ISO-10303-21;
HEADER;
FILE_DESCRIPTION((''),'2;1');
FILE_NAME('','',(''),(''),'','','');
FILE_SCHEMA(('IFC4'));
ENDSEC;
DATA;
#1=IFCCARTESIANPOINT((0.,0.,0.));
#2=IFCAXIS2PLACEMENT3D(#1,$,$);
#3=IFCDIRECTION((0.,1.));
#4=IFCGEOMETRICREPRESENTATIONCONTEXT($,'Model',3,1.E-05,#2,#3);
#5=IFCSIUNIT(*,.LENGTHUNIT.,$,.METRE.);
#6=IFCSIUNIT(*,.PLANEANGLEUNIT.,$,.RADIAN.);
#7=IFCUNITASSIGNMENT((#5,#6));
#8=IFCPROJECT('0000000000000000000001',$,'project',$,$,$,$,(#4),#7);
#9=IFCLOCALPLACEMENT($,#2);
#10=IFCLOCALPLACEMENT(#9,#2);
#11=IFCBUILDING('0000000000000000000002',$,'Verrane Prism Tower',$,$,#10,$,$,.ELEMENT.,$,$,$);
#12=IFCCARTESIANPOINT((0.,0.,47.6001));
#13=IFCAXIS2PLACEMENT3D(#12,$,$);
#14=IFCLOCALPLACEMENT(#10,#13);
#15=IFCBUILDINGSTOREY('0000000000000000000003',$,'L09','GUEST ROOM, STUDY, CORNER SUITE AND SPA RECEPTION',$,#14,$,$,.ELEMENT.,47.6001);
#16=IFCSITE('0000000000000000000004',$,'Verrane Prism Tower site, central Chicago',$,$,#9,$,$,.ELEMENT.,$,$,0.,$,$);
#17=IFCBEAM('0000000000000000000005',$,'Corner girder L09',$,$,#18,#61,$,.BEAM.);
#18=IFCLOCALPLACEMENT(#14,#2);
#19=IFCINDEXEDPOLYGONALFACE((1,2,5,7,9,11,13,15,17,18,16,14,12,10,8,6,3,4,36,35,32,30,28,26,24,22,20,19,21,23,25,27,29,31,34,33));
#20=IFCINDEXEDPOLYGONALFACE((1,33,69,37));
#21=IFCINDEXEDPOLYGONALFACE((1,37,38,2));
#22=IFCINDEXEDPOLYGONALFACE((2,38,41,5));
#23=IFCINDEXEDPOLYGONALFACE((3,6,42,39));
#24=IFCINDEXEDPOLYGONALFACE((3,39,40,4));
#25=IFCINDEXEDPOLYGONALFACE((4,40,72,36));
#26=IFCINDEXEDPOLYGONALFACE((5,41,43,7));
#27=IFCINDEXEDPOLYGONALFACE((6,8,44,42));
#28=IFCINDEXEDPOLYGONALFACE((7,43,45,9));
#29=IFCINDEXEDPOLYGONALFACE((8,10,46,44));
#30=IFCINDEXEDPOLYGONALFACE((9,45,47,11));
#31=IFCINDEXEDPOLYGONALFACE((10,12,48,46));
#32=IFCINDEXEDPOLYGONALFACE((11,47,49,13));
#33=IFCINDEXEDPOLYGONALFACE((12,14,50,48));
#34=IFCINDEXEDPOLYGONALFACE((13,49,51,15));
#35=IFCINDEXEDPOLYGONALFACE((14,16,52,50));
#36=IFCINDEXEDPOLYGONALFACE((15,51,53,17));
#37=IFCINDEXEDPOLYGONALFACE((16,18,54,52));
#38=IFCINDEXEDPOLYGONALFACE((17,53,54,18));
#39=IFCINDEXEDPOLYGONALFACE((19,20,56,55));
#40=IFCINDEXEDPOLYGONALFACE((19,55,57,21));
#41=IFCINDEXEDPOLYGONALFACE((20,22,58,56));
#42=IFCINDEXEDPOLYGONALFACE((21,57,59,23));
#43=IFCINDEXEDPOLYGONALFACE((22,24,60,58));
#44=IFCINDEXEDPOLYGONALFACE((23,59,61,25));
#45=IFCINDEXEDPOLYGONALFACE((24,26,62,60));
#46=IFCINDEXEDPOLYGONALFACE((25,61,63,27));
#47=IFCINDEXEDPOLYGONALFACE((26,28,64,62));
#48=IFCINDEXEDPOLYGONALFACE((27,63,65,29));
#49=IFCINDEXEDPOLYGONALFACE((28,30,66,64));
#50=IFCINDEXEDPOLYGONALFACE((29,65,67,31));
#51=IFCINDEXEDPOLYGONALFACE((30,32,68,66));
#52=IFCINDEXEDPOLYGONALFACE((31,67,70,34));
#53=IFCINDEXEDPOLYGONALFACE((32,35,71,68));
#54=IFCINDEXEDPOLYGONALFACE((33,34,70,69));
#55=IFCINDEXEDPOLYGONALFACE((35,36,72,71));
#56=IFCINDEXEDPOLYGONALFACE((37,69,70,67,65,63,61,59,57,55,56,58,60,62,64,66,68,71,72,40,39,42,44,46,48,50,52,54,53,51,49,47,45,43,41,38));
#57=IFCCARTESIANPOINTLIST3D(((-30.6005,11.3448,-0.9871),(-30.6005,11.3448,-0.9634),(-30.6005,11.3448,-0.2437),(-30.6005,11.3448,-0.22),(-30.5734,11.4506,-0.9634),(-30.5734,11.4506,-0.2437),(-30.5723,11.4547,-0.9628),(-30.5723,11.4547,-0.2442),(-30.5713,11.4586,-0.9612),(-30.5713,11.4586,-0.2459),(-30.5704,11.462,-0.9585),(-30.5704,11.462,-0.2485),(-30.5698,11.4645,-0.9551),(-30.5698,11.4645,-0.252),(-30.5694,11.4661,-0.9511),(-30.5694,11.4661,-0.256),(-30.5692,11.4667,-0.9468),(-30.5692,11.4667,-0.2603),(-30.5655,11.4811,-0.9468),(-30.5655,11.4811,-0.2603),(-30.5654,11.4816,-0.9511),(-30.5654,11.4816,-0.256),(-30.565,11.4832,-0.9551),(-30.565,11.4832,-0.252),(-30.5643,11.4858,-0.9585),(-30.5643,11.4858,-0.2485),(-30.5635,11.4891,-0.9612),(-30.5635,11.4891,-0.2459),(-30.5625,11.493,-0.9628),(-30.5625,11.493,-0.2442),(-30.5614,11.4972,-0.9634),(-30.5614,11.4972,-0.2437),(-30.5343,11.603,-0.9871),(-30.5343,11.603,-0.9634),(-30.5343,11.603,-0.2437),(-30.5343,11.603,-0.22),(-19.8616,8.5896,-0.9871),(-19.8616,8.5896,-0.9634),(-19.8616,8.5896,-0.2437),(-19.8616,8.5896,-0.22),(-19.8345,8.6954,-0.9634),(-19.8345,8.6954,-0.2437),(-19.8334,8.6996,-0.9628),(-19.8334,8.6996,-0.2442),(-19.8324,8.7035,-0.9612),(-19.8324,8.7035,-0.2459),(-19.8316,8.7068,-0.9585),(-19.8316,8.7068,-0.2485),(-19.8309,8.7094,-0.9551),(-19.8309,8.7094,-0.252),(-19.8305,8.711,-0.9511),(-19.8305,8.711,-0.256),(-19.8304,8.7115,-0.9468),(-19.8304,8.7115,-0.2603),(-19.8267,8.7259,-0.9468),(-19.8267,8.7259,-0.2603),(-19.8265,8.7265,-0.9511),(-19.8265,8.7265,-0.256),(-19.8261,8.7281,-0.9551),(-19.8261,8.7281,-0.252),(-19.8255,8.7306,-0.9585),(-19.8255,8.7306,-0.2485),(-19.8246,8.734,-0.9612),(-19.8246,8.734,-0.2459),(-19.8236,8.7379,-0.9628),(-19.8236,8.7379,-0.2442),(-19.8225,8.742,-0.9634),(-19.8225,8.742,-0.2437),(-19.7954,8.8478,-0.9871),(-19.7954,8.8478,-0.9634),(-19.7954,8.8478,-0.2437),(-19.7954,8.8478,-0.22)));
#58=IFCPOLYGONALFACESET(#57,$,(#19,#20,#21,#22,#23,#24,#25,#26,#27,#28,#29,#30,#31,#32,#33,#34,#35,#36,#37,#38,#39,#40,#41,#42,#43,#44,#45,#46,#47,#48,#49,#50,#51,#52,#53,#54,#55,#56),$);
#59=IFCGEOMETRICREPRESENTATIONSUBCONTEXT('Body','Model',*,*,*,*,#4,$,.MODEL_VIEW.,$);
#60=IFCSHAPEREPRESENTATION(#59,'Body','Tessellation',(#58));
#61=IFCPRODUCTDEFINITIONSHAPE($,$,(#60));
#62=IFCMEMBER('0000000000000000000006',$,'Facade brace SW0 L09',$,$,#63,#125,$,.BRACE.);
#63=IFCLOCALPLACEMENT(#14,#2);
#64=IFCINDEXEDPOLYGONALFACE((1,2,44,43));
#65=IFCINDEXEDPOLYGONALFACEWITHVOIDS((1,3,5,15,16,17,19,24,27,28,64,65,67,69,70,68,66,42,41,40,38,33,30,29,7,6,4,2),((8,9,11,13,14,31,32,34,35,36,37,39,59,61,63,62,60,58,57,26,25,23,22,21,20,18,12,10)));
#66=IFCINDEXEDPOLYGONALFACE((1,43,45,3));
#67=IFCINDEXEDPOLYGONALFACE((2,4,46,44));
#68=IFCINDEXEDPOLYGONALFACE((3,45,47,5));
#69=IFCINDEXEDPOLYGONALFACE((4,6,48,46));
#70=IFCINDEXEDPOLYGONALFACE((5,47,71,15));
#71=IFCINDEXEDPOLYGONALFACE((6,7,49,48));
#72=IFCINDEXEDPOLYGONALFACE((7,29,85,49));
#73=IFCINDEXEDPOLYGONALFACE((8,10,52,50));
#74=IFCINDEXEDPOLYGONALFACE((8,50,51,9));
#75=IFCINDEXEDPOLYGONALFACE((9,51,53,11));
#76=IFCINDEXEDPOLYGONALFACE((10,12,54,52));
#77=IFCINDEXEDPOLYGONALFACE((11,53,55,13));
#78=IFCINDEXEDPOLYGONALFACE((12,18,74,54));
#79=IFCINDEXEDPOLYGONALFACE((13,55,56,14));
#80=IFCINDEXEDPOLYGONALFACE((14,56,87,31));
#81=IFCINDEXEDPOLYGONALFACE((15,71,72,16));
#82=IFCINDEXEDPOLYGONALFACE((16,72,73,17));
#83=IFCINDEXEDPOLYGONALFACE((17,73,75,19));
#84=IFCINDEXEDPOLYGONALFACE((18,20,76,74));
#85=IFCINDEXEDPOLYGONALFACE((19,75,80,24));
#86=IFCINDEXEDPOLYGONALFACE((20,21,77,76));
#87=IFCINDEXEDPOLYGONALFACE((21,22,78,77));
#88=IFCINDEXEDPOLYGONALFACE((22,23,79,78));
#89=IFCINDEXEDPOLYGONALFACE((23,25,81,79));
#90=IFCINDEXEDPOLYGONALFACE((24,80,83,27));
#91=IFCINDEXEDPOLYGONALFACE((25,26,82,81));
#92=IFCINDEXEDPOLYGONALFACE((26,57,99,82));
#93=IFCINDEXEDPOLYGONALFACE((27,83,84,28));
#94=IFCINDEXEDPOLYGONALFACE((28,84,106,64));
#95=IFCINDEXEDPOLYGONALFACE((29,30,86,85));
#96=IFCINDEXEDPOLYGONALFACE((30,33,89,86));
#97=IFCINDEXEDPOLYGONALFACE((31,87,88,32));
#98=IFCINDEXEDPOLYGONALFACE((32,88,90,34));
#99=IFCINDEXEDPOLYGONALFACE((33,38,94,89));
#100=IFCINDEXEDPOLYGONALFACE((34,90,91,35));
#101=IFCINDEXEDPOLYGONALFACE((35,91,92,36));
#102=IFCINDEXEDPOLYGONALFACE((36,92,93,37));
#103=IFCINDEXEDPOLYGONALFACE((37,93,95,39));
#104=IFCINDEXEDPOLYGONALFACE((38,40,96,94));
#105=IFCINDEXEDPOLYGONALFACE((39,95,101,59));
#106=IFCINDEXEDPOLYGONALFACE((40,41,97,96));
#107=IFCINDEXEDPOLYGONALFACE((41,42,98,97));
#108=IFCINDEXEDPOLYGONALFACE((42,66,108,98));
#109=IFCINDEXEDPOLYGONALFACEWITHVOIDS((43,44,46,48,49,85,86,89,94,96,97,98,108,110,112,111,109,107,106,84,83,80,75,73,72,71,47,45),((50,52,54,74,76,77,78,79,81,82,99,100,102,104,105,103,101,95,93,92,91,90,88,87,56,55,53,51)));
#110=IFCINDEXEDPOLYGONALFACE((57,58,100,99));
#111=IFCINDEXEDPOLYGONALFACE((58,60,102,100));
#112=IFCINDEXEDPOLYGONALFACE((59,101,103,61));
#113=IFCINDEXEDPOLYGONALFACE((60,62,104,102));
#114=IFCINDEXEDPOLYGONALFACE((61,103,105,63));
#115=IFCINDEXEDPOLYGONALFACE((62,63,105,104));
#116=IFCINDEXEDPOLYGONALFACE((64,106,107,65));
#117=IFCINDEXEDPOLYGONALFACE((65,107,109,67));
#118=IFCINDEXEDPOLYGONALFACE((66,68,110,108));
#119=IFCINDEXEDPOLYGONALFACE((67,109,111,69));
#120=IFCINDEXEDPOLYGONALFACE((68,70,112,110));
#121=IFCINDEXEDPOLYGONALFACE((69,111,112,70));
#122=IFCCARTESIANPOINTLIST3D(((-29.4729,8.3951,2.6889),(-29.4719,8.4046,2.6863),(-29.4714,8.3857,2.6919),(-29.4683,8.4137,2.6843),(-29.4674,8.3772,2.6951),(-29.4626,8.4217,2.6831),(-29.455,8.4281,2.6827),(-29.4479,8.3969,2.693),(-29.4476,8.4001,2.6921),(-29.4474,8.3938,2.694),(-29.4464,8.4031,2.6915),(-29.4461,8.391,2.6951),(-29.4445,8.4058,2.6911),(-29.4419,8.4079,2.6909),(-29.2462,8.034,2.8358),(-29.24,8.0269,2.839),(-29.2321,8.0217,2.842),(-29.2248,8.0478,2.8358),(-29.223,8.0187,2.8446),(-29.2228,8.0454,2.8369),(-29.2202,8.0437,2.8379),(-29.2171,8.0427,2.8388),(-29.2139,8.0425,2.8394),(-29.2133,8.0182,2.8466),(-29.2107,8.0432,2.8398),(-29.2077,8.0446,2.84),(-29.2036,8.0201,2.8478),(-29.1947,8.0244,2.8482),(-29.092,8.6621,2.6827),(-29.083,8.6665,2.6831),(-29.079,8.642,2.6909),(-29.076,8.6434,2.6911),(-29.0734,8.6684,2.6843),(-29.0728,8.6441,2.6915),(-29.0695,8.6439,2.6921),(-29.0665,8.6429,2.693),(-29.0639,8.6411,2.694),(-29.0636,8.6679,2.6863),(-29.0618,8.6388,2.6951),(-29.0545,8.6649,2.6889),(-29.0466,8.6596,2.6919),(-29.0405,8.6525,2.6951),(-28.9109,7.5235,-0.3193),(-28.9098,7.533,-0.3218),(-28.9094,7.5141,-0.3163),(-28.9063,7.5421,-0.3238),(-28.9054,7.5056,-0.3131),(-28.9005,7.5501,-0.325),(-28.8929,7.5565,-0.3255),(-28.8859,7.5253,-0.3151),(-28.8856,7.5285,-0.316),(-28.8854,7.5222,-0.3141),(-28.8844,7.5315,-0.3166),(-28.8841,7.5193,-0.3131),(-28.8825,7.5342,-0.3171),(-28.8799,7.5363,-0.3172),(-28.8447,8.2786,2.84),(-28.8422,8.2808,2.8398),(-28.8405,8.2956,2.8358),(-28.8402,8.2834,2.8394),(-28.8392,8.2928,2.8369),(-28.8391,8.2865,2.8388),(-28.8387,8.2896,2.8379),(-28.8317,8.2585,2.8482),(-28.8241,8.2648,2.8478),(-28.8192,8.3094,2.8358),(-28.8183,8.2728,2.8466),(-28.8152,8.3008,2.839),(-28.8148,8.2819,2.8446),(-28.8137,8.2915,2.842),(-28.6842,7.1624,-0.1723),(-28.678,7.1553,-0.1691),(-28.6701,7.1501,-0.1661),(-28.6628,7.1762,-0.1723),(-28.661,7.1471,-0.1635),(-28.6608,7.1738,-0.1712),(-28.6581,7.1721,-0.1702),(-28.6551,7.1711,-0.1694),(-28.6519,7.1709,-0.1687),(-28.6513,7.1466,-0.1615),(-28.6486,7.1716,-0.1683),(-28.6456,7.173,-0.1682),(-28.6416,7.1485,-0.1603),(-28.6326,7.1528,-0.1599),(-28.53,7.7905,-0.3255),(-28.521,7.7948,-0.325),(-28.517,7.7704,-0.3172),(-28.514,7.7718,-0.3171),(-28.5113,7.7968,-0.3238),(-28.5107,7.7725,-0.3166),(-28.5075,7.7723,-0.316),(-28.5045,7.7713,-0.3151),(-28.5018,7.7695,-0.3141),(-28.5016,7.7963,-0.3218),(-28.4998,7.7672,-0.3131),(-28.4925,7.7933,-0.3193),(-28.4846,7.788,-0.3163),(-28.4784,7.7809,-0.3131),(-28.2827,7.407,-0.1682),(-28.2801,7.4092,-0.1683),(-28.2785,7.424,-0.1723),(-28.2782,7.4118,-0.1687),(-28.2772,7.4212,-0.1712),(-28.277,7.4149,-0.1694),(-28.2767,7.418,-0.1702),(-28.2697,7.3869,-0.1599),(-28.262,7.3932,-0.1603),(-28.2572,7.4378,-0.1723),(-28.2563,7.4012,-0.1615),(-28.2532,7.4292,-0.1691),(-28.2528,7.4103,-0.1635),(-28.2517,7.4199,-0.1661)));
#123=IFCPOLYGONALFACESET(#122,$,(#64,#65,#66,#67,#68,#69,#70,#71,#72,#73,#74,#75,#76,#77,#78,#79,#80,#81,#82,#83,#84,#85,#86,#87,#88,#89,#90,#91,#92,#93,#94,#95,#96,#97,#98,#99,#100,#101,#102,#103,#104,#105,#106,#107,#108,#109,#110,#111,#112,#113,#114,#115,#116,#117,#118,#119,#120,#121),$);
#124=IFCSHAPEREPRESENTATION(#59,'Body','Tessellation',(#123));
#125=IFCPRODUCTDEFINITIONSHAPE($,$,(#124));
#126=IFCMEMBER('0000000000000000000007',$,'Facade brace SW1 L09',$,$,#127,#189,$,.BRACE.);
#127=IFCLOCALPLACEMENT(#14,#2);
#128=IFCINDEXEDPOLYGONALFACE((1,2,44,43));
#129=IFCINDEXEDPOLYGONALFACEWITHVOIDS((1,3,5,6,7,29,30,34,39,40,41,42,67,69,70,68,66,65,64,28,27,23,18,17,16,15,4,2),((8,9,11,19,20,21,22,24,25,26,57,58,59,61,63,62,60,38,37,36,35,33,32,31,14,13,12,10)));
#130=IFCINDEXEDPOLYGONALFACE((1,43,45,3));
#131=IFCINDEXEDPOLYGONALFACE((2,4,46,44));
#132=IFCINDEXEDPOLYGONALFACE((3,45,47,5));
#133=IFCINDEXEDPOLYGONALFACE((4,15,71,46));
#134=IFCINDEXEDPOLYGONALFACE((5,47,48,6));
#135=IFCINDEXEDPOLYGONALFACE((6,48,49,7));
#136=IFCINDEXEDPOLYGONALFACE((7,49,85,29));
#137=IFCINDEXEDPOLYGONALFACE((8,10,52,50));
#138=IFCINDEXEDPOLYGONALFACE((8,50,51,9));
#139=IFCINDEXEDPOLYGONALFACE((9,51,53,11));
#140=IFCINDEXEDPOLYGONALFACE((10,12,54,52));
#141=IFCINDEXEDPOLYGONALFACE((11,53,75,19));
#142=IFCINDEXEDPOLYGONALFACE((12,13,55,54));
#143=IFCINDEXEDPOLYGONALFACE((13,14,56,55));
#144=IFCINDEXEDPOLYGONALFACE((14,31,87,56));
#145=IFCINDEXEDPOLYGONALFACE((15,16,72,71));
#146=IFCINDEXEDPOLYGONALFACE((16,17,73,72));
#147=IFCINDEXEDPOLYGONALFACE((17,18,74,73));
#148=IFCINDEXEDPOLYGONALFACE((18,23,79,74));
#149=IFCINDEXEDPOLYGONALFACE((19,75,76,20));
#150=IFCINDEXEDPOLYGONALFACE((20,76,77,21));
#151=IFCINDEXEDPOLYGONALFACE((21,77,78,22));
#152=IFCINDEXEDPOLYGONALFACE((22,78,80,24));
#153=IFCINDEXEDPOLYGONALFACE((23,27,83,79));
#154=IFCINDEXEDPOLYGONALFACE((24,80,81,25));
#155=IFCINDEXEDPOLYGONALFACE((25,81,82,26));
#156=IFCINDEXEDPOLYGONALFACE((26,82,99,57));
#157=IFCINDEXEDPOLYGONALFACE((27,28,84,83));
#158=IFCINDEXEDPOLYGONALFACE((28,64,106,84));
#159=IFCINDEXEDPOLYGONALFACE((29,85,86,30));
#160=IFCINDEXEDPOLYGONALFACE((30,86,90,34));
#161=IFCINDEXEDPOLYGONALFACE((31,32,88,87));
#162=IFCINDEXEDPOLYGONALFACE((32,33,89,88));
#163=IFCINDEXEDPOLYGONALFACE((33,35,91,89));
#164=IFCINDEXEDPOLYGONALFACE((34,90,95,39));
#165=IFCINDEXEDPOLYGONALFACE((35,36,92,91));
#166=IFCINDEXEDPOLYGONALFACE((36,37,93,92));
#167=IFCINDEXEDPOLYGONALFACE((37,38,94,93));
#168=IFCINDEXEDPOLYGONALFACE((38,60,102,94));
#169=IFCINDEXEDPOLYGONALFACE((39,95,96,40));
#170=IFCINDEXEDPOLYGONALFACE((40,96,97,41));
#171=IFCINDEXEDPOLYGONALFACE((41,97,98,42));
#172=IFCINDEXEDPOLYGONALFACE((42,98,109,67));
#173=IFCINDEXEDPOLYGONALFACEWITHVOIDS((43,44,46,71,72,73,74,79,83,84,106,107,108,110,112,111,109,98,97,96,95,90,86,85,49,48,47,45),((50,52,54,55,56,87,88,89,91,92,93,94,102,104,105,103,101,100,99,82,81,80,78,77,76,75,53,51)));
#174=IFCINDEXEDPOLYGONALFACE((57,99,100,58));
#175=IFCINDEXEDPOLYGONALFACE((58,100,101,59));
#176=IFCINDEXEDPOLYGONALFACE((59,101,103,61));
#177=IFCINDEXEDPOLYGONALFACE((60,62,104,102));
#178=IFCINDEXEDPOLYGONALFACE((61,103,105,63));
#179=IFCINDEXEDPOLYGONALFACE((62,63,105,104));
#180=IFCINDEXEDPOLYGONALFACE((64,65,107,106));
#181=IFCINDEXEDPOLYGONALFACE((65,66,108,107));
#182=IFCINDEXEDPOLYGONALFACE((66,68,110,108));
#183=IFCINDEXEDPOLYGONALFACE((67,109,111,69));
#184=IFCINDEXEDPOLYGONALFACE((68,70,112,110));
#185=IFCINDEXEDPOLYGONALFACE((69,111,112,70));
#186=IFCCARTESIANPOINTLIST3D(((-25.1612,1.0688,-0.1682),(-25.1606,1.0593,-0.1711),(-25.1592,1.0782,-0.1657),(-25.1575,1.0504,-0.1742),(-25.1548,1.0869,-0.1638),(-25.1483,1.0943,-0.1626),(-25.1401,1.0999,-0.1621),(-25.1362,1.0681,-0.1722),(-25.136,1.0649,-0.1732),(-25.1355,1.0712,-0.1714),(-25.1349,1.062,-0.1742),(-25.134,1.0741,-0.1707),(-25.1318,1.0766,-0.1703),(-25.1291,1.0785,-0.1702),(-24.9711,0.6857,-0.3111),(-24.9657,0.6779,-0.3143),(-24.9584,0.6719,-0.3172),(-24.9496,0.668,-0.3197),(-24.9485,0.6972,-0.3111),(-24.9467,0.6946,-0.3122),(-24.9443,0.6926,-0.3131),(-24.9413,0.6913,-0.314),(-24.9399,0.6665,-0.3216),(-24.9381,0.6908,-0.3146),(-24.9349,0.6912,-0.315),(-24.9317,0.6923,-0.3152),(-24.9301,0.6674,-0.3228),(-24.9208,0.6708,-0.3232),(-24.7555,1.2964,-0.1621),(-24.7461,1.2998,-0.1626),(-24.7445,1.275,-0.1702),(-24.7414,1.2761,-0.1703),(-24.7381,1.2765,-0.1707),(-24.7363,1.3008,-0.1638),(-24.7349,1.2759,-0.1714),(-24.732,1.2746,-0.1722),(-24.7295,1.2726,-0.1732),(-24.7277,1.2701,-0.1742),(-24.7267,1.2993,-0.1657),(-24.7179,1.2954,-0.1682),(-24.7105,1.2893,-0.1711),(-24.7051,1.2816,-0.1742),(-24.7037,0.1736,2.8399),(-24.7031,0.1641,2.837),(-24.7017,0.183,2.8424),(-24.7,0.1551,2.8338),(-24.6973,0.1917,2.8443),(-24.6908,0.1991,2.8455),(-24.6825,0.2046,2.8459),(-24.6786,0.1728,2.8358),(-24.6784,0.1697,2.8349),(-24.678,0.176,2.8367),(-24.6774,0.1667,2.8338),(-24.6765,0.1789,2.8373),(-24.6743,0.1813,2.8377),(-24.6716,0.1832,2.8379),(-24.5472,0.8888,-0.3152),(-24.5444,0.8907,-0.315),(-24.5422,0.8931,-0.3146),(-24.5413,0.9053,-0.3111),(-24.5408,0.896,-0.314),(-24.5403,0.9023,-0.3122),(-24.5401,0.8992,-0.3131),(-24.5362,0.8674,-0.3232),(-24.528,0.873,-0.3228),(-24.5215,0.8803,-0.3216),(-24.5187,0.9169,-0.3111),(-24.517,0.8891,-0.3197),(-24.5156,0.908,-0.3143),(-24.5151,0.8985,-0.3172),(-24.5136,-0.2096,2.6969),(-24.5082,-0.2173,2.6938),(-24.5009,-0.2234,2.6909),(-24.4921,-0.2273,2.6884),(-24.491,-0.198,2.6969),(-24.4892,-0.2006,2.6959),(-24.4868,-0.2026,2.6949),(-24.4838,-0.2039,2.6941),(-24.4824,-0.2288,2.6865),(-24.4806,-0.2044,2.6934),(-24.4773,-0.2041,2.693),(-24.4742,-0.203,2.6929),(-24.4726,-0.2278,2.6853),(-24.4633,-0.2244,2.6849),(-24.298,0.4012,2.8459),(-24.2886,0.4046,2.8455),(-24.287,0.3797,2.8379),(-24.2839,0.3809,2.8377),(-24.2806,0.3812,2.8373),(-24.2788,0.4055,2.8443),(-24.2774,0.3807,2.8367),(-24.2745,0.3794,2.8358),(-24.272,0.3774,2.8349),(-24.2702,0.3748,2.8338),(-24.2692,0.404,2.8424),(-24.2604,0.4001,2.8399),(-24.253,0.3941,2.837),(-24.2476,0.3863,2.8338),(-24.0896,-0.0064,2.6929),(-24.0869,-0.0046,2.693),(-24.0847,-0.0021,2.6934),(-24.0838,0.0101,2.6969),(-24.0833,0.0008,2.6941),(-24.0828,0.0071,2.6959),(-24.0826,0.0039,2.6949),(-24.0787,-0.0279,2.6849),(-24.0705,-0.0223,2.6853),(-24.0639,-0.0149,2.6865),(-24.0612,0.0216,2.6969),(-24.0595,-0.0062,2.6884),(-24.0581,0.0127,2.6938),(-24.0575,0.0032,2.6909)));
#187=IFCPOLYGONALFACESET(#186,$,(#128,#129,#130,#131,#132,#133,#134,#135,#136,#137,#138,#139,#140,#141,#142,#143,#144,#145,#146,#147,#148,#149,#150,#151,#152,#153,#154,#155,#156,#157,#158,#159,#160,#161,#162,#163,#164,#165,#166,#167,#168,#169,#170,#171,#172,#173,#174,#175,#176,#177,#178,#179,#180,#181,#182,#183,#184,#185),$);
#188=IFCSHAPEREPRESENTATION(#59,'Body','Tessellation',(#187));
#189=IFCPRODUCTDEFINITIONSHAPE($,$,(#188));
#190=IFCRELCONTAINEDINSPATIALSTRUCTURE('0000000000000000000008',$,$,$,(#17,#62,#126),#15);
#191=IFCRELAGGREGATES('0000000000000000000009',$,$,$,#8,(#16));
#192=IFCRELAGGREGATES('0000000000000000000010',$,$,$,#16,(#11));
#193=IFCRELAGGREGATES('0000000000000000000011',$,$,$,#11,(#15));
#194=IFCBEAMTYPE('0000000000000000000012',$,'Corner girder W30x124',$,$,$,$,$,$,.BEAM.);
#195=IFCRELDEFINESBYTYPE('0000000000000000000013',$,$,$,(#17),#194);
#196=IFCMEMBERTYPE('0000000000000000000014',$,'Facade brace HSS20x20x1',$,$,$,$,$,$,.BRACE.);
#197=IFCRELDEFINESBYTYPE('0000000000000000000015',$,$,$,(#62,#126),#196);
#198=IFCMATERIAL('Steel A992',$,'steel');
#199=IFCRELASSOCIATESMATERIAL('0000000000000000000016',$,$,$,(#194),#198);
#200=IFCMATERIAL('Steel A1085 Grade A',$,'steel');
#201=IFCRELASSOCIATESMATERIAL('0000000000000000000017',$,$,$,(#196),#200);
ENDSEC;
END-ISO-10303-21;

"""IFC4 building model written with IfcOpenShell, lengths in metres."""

from ifc_helpers import new_model, si_unit, direction, frame, origin, origin_2d, place, context, subcontext, project, spatial, hollow_rectangle, i_section, extrude, material, material_profile, profile_set, type_object, element, save


model = new_model("IFC4")

# Units and contexts
model_context = context("Model", 3, precision=1e-05, world=origin(), true_north=direction((0.0, 1.0)))
body_context = subcontext(model_context, "Body", "Model", "MODEL_VIEW")
ifc_project = project(units=[si_unit("LENGTHUNIT", "METRE"), si_unit("PLANEANGLEUNIT", "RADIAN")], contexts=[model_context])

# Site, building, storey
site_placement = place(None, origin())
site = spatial("IfcSite", under=ifc_project, at=site_placement, Name="Verrane Prism Tower site, central Chicago", CompositionType="ELEMENT", RefElevation=0.0)
building_placement = place(site_placement, origin())
building = spatial("IfcBuilding", under=site, at=building_placement, Name="Verrane Prism Tower", CompositionType="ELEMENT")
storey_placement = place(building_placement, frame((0.0, 0.0, 47.6001)))
storey = spatial("IfcBuildingStorey", under=building, at=storey_placement, Name="L09", Description="GUEST ROOM, STUDY, CORNER SUITE AND SPA RECEPTION", CompositionType="ELEMENT", Elevation=47.6001)

# Beam
ifc_material_1 = material(Name="Steel A992", Category="steel")
ifc_material_profile_1 = material_profile(ifc_material_1, i_section(OverallWidth=0.2666, OverallDepth=0.7671, WebThickness=0.0149, FlangeThickness=0.0237, FilletRadius=0.0166, at=origin_2d()), Name="W30x124")
ifc_profile_set_1 = profile_set([ifc_material_profile_1], Name="Steel A992")
beam_type_1 = type_object("IfcBeamType", Name="Corner girder W30x124", PredefinedType="BEAM", material=ifc_profile_set_1)
beam_1_placement = place(storey_placement, frame((-30.5674, 11.4739, -0.6035), z_axis=(0.968629, -0.24851, 0.0), x_axis=(0.24851, 0.968629, 0.0)))
element("IfcBeam", 1, at=beam_1_placement, inside=storey, type_object=beam_type_1, Name="Corner girder L09", PredefinedType="BEAM", context=body_context, shape_type="SweptSolid", body=[
    extrude(i_section(OverallWidth=0.2666, OverallDepth=0.7671, WebThickness=0.0149, FlangeThickness=0.0237, FilletRadius=0.0166, at=origin_2d()), origin(), (0.0, 0.0, 1.0), 11.0867),
])

# Members
ifc_material_2 = material(Name="Steel A1085 Grade A", Category="steel")
ifc_material_profile_2 = material_profile(ifc_material_2, hollow_rectangle(XDim=0.5081, YDim=0.5081, WallThickness=0.0254, InnerFilletRadius=0.0127, OuterFilletRadius=0.0381, at=origin_2d()), Name="HSS20x20x1")
ifc_profile_set_2 = profile_set([ifc_material_profile_2], Name="Steel A1085 Grade A")
member_type_1 = type_object("IfcMemberType", Name="Facade brace HSS20x20x1", PredefinedType="BRACE", material=ifc_profile_set_2)
member_1_placement = place(storey_placement, frame((-28.5813, 7.4717, -0.2427), z_axis=(-0.176633, 0.273926, 0.945392), x_axis=(-0.840428, -0.541923, 0.0)))
element("IfcMember", 2, at=member_1_placement, inside=storey, type_object=member_type_1, Name="Facade brace SW0 L09", PredefinedType="BRACE", context=body_context, shape_type="SweptSolid", body=[
    extrude(hollow_rectangle(XDim=0.5081, YDim=0.5081, WallThickness=0.0254, InnerFilletRadius=0.0127, OuterFilletRadius=0.0381, at=origin_2d()), origin(), (0.0, 0.0, 1.0), 3.1819),
])
member_2_placement = place(storey_placement, frame((-24.8381, 0.9836, -0.2427), z_axis=(0.144254, -0.282273, 0.948427), x_axis=(0.890459, 0.455064, 0.0)))
element("IfcMember", 3, at=member_2_placement, inside=storey, type_object=member_type_1, Name="Facade brace SW1 L09", PredefinedType="BRACE", context=body_context, shape_type="SweptSolid", body=[
    extrude(hollow_rectangle(XDim=0.5081, YDim=0.5081, WallThickness=0.0254, InnerFilletRadius=0.0127, OuterFilletRadius=0.0381, at=origin_2d()), origin(), (0.0, 0.0, 1.0), 3.1716),
])

save(model, "model.ifc")
